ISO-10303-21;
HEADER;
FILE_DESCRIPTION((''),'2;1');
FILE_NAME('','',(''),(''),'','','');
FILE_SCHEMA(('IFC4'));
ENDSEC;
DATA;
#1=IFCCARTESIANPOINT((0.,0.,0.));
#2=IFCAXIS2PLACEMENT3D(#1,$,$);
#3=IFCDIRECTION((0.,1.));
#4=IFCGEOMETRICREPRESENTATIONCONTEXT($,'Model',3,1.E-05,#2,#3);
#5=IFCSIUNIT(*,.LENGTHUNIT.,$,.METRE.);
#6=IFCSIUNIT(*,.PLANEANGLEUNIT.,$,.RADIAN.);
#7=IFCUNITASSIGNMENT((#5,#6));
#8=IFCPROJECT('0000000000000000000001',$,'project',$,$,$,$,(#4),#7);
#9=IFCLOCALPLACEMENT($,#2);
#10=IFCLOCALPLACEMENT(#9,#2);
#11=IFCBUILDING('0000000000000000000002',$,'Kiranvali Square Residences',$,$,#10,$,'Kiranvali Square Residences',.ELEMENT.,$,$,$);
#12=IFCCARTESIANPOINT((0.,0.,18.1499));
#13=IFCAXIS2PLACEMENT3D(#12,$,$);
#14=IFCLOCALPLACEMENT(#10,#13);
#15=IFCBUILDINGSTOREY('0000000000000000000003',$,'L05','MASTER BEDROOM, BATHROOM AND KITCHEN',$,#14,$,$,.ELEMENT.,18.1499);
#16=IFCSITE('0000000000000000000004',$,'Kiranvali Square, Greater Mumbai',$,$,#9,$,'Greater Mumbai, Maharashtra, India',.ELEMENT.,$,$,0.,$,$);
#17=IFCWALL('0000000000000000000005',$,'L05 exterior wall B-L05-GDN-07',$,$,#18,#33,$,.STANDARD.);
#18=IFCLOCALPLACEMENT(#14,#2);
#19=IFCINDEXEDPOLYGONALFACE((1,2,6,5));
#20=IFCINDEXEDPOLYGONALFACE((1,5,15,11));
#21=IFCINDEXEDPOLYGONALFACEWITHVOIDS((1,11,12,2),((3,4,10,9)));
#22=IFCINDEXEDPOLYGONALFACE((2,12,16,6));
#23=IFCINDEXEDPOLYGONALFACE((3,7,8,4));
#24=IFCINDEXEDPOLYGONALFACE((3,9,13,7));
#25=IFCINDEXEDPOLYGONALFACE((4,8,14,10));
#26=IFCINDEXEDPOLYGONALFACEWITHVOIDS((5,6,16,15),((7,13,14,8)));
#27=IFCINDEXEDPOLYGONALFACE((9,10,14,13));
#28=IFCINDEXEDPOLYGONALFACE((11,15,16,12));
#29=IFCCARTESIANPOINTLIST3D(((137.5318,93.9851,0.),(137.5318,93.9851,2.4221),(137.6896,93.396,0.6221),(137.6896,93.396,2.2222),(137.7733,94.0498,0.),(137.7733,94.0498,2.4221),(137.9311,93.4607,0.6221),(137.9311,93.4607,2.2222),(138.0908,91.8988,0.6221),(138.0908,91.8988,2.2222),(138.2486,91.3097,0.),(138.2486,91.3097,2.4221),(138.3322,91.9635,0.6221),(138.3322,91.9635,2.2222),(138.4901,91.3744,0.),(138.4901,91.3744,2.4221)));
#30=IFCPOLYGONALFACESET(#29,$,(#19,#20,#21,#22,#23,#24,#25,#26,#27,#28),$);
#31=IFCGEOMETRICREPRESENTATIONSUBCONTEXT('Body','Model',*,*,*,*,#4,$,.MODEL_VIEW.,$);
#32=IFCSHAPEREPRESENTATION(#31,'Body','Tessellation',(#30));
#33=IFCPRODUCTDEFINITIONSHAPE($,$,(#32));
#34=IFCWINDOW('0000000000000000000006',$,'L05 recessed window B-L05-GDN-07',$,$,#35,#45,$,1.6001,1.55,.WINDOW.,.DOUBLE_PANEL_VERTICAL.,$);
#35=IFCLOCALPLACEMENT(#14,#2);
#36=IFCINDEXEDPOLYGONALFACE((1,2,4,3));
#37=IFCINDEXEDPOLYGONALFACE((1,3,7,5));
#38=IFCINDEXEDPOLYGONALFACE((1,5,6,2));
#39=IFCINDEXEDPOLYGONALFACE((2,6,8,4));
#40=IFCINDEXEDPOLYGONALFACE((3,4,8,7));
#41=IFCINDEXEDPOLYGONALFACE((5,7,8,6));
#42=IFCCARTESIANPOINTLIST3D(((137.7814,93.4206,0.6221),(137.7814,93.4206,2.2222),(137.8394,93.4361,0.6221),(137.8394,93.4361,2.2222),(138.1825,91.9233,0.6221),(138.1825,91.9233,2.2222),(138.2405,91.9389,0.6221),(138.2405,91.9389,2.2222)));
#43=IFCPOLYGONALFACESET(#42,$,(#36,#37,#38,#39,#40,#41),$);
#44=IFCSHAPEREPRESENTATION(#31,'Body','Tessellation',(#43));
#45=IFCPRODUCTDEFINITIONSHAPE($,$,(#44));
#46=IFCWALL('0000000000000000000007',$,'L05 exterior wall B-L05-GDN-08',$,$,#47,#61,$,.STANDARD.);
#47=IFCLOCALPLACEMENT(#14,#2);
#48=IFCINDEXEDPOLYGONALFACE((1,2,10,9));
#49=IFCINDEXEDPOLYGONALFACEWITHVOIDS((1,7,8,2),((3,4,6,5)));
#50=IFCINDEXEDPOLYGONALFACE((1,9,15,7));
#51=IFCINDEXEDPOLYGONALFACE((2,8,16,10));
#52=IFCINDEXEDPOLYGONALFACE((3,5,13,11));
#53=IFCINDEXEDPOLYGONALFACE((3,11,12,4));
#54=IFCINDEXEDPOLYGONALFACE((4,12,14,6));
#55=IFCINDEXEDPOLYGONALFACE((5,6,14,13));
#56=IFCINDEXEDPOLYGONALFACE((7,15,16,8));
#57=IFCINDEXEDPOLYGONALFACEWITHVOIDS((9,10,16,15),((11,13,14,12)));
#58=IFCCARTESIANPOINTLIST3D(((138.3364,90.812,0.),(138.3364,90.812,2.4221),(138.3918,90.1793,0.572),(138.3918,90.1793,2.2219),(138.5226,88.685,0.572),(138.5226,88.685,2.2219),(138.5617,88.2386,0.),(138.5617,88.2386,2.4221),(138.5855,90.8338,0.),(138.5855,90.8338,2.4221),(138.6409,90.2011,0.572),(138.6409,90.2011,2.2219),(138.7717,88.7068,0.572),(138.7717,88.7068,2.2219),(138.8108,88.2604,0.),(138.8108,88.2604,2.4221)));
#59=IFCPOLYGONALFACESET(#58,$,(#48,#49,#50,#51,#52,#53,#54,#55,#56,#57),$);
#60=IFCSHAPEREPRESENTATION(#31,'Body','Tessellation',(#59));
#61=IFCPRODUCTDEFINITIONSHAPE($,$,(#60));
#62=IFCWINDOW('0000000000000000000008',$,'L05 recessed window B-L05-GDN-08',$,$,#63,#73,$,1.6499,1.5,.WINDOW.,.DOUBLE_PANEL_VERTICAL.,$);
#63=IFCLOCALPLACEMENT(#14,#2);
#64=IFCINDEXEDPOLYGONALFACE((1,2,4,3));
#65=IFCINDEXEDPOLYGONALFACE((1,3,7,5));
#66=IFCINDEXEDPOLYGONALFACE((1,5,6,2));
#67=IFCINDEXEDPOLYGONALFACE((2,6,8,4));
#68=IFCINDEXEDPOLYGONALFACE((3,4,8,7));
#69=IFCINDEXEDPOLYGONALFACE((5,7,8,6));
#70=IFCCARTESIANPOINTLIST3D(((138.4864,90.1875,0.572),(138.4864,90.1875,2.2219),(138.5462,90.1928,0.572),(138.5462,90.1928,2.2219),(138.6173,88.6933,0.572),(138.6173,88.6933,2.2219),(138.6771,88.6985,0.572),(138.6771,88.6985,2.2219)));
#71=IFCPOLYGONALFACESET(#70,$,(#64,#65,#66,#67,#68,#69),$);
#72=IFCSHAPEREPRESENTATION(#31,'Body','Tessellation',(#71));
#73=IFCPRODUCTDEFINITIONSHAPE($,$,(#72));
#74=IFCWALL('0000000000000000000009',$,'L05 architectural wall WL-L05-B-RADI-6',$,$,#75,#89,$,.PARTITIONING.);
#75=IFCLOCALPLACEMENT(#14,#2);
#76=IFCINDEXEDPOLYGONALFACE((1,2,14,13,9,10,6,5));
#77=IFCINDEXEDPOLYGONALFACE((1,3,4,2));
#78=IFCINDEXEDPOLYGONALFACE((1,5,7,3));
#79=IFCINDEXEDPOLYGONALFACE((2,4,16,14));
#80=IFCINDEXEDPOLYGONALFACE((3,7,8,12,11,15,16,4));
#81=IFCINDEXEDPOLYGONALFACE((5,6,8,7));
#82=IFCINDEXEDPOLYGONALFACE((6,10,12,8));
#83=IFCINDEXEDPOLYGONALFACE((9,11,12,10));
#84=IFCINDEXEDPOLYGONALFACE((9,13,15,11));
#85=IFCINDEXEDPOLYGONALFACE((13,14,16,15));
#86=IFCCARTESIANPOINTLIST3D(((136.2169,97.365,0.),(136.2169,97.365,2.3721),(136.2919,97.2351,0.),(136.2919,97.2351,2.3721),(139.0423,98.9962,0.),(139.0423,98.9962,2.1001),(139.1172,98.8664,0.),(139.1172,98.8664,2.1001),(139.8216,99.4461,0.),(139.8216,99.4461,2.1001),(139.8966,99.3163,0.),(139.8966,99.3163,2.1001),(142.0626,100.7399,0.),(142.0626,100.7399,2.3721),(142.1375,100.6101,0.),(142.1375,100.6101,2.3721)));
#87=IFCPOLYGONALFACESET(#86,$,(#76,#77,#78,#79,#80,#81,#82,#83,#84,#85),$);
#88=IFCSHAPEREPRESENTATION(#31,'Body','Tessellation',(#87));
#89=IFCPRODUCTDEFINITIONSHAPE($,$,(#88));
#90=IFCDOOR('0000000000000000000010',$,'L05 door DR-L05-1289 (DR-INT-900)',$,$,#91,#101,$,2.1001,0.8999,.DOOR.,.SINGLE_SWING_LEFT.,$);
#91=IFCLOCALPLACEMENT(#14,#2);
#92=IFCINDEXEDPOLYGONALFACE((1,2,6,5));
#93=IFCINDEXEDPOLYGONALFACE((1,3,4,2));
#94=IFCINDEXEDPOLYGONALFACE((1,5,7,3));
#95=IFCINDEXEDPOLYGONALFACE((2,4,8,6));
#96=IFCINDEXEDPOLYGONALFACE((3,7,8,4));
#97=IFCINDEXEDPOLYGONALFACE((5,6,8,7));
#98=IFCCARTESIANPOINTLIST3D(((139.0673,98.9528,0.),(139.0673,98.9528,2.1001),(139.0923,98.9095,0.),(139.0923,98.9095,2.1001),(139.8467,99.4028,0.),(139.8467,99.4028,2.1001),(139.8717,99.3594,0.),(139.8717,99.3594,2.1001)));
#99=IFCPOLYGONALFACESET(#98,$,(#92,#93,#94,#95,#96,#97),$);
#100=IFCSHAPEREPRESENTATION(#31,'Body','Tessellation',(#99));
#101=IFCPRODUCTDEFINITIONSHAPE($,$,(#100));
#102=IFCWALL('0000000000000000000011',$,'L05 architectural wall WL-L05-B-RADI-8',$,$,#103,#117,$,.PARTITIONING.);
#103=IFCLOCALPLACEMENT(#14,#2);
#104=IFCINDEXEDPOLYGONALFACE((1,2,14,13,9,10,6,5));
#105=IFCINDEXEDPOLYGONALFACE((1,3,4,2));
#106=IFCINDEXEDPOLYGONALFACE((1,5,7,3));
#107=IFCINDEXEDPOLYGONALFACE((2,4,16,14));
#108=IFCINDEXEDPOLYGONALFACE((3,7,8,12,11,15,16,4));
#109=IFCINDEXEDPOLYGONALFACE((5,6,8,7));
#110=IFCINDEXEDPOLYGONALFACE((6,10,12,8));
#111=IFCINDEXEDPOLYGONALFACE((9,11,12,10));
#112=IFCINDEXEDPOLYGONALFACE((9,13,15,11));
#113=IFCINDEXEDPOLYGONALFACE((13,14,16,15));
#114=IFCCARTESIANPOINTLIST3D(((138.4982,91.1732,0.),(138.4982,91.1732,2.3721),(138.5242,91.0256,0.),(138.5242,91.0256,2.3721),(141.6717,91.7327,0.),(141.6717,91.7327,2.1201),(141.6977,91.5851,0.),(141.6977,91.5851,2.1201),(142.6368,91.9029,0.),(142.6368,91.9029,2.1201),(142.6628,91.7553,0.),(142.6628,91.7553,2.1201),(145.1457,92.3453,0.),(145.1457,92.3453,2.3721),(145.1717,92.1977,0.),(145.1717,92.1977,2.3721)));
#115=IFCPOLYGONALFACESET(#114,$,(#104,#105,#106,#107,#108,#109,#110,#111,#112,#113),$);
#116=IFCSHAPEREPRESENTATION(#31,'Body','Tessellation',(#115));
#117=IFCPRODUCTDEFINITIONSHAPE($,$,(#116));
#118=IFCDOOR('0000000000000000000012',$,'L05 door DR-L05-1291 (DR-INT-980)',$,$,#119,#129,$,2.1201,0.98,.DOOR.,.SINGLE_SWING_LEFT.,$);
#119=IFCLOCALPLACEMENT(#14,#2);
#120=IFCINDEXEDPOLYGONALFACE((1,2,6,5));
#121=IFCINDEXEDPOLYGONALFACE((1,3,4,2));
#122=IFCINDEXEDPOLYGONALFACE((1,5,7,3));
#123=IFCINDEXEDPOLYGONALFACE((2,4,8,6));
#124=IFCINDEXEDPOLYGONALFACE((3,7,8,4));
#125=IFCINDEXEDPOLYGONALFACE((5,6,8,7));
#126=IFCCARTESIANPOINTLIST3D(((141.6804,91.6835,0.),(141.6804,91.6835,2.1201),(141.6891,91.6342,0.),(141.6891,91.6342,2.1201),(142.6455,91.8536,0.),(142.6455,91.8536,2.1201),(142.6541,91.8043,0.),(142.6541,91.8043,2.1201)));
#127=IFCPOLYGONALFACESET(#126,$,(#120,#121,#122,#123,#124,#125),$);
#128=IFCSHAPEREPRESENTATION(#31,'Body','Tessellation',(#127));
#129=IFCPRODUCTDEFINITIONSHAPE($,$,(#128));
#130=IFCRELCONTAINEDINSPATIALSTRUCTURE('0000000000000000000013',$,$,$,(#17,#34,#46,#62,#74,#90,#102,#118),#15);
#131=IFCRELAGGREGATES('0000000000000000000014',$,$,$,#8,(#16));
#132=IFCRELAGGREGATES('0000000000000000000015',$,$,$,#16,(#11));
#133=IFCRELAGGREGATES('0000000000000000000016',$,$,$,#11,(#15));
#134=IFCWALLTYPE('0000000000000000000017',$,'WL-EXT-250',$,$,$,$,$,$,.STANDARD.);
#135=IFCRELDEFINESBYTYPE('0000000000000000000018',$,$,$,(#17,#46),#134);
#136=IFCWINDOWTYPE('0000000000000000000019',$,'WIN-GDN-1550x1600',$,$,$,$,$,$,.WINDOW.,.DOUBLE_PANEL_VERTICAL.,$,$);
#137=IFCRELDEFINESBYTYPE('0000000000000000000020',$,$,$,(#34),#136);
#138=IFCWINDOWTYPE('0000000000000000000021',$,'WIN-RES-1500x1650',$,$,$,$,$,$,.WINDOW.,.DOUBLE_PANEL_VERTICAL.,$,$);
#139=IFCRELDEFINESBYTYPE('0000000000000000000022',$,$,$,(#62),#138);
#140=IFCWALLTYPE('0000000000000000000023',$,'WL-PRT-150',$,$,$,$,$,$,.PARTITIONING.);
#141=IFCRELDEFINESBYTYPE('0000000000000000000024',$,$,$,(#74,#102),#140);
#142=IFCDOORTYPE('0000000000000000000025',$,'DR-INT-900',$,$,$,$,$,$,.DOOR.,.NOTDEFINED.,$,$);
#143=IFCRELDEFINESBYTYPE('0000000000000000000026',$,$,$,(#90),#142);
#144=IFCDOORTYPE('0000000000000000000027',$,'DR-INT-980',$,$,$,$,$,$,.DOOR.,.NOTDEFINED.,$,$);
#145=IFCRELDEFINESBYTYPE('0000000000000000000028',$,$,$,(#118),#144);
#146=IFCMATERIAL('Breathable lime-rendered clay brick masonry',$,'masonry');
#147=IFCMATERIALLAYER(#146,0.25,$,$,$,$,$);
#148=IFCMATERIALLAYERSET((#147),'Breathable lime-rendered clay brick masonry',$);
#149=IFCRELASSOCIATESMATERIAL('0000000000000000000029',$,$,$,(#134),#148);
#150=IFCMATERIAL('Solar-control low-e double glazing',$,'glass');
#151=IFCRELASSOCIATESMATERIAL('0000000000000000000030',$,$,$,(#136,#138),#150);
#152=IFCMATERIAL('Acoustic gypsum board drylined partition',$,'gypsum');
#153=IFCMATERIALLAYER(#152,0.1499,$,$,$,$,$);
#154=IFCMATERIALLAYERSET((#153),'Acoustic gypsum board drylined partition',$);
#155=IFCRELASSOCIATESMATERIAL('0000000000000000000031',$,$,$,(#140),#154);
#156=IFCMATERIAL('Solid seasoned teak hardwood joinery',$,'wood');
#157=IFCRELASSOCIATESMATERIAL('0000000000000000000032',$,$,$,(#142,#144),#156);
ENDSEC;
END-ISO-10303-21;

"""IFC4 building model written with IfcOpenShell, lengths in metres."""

from ifc_helpers import new_model, si_unit, direction, frame, frame_2d, origin, place, context, subcontext, project, spatial, rectangle, extrude, material, layer, layer_set, type_object, element, fill, save


model = new_model("IFC4")

# Units and contexts
model_context = context("Model", 3, precision=1e-05, world=origin(), true_north=direction((0.0, 1.0)))
body_context = subcontext(model_context, "Body", "Model", "MODEL_VIEW")
ifc_project = project(units=[si_unit("LENGTHUNIT", "METRE"), si_unit("PLANEANGLEUNIT", "RADIAN")], contexts=[model_context])

# Site, building, storey
site_placement = place(None, origin())
site = spatial("IfcSite", under=ifc_project, at=site_placement, Name="Kiranvali Square, Greater Mumbai", LongName="Greater Mumbai, Maharashtra, India", CompositionType="ELEMENT", RefElevation=0.0)
building_placement = place(site_placement, origin())
building = spatial("IfcBuilding", under=site, at=building_placement, Name="Kiranvali Square Residences", LongName="Kiranvali Square Residences", CompositionType="ELEMENT")
storey_placement = place(building_placement, frame((0.0, 0.0, 18.1499)))
storey = spatial("IfcBuildingStorey", under=building, at=storey_placement, Name="L05", Description="MASTER BEDROOM, BATHROOM AND KITCHEN", CompositionType="ELEMENT", Elevation=18.1499)

# Shared definitions
ifc_material_1 = material(Name="Breathable lime-rendered clay brick masonry", Category="masonry")
ifc_layer_1 = layer(ifc_material_1, 0.25)
ifc_layer_set_1 = layer_set([ifc_layer_1], Name="Breathable lime-rendered clay brick masonry")
wall_type_1 = type_object("IfcWallType", Name="WL-EXT-250", PredefinedType="STANDARD", material=ifc_layer_set_1)

# Walls, openings, windows
ifc_material_2 = material(Name="Solar-control low-e double glazing", Category="glass")
wall_1_placement = place(storey_placement, frame((137.6526, 94.0173, 0.0), z_axis=(0.0, 0.0, 1.0), x_axis=(0.258782, -0.965936, 0.0)))
wall_1 = element("IfcWall", 1, at=wall_1_placement, inside=storey, type_object=wall_type_1, Name="L05 exterior wall B-L05-GDN-07", PredefinedType="STANDARD", context=body_context, shape_type="SweptSolid", body=[
    extrude(rectangle(XDim=2.7698, YDim=0.25, at=frame_2d((1.3848, 0.0))), origin(), (0.0, 0.0, 1.0), 2.4221),
])
opening_1_placement = place(wall_1_placement, frame((0.6099, 0.0, 0.6221)))
opening_1 = element("IfcOpeningElement", 2, at=opening_1_placement, cuts=wall_1, PredefinedType="OPENING", context=body_context, shape_type="SweptSolid", body=[
    extrude(rectangle(XDim=1.55, YDim=1.6001, at=frame_2d((0.7749, 0.8))), frame((0.0, 0.135, 0.0), z_axis=(0.0, -1.0, 0.0), x_axis=(1.0, 0.0, 0.0)), (0.0, 0.0, 1.0), 0.27),
])
window_type_1 = type_object("IfcWindowType", Name="WIN-GDN-1550x1600", PartitioningType="DOUBLE_PANEL_VERTICAL", PredefinedType="WINDOW", material=ifc_material_2)
window_1_placement = place(opening_1_placement, origin())
window_1 = element("IfcWindow", 3, at=window_1_placement, inside=storey, type_object=window_type_1, Name="L05 recessed window B-L05-GDN-07", OverallHeight=1.6001, OverallWidth=1.55, PartitioningType="DOUBLE_PANEL_VERTICAL", PredefinedType="WINDOW", context=body_context, shape_type="SweptSolid", body=[
    extrude(rectangle(XDim=1.55, YDim=1.6001, at=frame_2d((0.7749, 0.8))), frame((0.0, 0.03, 0.0), z_axis=(0.0, -1.0, 0.0), x_axis=(1.0, 0.0, 0.0)), (0.0, 0.0, 1.0), 0.0601),
])
fill(opening_1, window_1)
wall_2_placement = place(storey_placement, frame((138.4609, 90.8228, 0.0), z_axis=(0.0, 0.0, 1.0), x_axis=(0.087229, -0.996188, 0.0)))
wall_2 = element("IfcWall", 4, at=wall_2_placement, inside=storey, type_object=wall_type_1, Name="L05 exterior wall B-L05-GDN-08", PredefinedType="STANDARD", context=body_context, shape_type="SweptSolid", body=[
    extrude(rectangle(XDim=2.5833, YDim=0.25, at=frame_2d((1.2915, 0.0))), origin(), (0.0, 0.0, 1.0), 2.4221),
])
opening_2_placement = place(wall_2_placement, frame((0.635, 0.0, 0.572)))
opening_2 = element("IfcOpeningElement", 5, at=opening_2_placement, cuts=wall_2, PredefinedType="OPENING", context=body_context, shape_type="SweptSolid", body=[
    extrude(rectangle(XDim=1.5, YDim=1.6499, at=frame_2d((0.75, 0.825))), frame((0.0, 0.135, 0.0), z_axis=(0.0, -1.0, 0.0), x_axis=(1.0, 0.0, 0.0)), (0.0, 0.0, 1.0), 0.27),
])
window_type_2 = type_object("IfcWindowType", Name="WIN-RES-1500x1650", PartitioningType="DOUBLE_PANEL_VERTICAL", PredefinedType="WINDOW", material=ifc_material_2)
window_2_placement = place(opening_2_placement, origin())
window_2 = element("IfcWindow", 6, at=window_2_placement, inside=storey, type_object=window_type_2, Name="L05 recessed window B-L05-GDN-08", OverallHeight=1.6499, OverallWidth=1.5, PartitioningType="DOUBLE_PANEL_VERTICAL", PredefinedType="WINDOW", context=body_context, shape_type="SweptSolid", body=[
    extrude(rectangle(XDim=1.5, YDim=1.6499, at=frame_2d((0.75, 0.825))), frame((0.0, 0.03, 0.0), z_axis=(0.0, -1.0, 0.0), x_axis=(1.0, 0.0, 0.0)), (0.0, 0.0, 1.0), 0.0601),
])
fill(opening_2, window_2)

# Walls, openings, doors
ifc_material_3 = material(Name="Acoustic gypsum board drylined partition", Category="gypsum")
ifc_layer_2 = layer(ifc_material_3, 0.1499)
ifc_layer_set_2 = layer_set([ifc_layer_2], Name="Acoustic gypsum board drylined partition")
wall_type_2 = type_object("IfcWallType", Name="WL-PRT-150", PredefinedType="PARTITIONING", material=ifc_layer_set_2)
wall_3_placement = place(storey_placement, frame((136.2544, 97.3, 0.0), z_axis=(0.0, 0.0, 1.0), x_axis=(0.866027, 0.499998, 0.0)))
wall_3 = element("IfcWall", 7, at=wall_3_placement, inside=storey, type_object=wall_type_2, Name="L05 architectural wall WL-L05-B-RADI-6", PredefinedType="PARTITIONING", context=body_context, shape_type="SweptSolid", body=[
    extrude(rectangle(XDim=6.75, YDim=0.1499, at=frame_2d((3.375, 0.0))), origin(), (0.0, 0.0, 1.0), 2.3721),
])
opening_3_placement = place(wall_3_placement, frame((3.2625, 0.0, 0.0)))
opening_3 = element("IfcOpeningElement", 8, at=opening_3_placement, cuts=wall_3, PredefinedType="OPENING", context=body_context, shape_type="SweptSolid", body=[
    extrude(rectangle(XDim=0.8999, YDim=2.1001, at=frame_2d((0.45, 1.05))), frame((0.0, 0.085, 0.0), z_axis=(0.0, -1.0, 0.0), x_axis=(1.0, 0.0, 0.0)), (0.0, 0.0, 1.0), 0.1699),
])
ifc_material_4 = material(Name="Solid seasoned teak hardwood joinery", Category="wood")
door_type_1 = type_object("IfcDoorType", Name="DR-INT-900", OperationType="NOTDEFINED", PredefinedType="DOOR", material=ifc_material_4)
door_1_placement = place(opening_3_placement, origin())
door_1 = element("IfcDoor", 9, at=door_1_placement, inside=storey, type_object=door_type_1, Name="L05 door DR-L05-1289 (DR-INT-900)", OperationType="SINGLE_SWING_LEFT", OverallHeight=2.1001, OverallWidth=0.8999, PredefinedType="DOOR", context=body_context, shape_type="SweptSolid", body=[
    extrude(rectangle(XDim=0.8999, YDim=2.1001, at=frame_2d((0.45, 1.05))), frame((0.0, 0.0249, 0.0), z_axis=(0.0, -1.0, 0.0), x_axis=(1.0, 0.0, 0.0)), (0.0, 0.0, 1.0), 0.05),
])
fill(opening_3, door_1)
wall_4_placement = place(storey_placement, frame((138.5112, 91.0994, 0.0), z_axis=(0.0, 0.0, 1.0), x_axis=(0.984808, 0.173647, 0.0)))
wall_4 = element("IfcWall", 10, at=wall_4_placement, inside=storey, type_object=wall_type_2, Name="L05 architectural wall WL-L05-B-RADI-8", PredefinedType="PARTITIONING", context=body_context, shape_type="SweptSolid", body=[
    extrude(rectangle(XDim=6.75, YDim=0.1499, at=frame_2d((3.375, 0.0))), origin(), (0.0, 0.0, 1.0), 2.3721),
])
opening_4_placement = place(wall_4_placement, frame((3.2224, 0.0, 0.0)))
opening_4 = element("IfcOpeningElement", 11, at=opening_4_placement, cuts=wall_4, PredefinedType="OPENING", context=body_context, shape_type="SweptSolid", body=[
    extrude(rectangle(XDim=0.98, YDim=2.1201, at=frame_2d((0.49, 1.0601))), frame((0.0, 0.085, 0.0), z_axis=(0.0, -1.0, 0.0), x_axis=(1.0, 0.0, 0.0)), (0.0, 0.0, 1.0), 0.1699),
])
door_type_2 = type_object("IfcDoorType", Name="DR-INT-980", OperationType="NOTDEFINED", PredefinedType="DOOR", material=ifc_material_4)
door_2_placement = place(opening_4_placement, origin())
door_2 = element("IfcDoor", 12, at=door_2_placement, inside=storey, type_object=door_type_2, Name="L05 door DR-L05-1291 (DR-INT-980)", OperationType="SINGLE_SWING_LEFT", OverallHeight=2.1201, OverallWidth=0.98, PredefinedType="DOOR", context=body_context, shape_type="SweptSolid", body=[
    extrude(rectangle(XDim=0.98, YDim=2.1201, at=frame_2d((0.49, 1.0601))), frame((0.0, 0.0249, 0.0), z_axis=(0.0, -1.0, 0.0), x_axis=(1.0, 0.0, 0.0)), (0.0, 0.0, 1.0), 0.05),
])
fill(opening_4, door_2)

save(model, "model.ifc")
